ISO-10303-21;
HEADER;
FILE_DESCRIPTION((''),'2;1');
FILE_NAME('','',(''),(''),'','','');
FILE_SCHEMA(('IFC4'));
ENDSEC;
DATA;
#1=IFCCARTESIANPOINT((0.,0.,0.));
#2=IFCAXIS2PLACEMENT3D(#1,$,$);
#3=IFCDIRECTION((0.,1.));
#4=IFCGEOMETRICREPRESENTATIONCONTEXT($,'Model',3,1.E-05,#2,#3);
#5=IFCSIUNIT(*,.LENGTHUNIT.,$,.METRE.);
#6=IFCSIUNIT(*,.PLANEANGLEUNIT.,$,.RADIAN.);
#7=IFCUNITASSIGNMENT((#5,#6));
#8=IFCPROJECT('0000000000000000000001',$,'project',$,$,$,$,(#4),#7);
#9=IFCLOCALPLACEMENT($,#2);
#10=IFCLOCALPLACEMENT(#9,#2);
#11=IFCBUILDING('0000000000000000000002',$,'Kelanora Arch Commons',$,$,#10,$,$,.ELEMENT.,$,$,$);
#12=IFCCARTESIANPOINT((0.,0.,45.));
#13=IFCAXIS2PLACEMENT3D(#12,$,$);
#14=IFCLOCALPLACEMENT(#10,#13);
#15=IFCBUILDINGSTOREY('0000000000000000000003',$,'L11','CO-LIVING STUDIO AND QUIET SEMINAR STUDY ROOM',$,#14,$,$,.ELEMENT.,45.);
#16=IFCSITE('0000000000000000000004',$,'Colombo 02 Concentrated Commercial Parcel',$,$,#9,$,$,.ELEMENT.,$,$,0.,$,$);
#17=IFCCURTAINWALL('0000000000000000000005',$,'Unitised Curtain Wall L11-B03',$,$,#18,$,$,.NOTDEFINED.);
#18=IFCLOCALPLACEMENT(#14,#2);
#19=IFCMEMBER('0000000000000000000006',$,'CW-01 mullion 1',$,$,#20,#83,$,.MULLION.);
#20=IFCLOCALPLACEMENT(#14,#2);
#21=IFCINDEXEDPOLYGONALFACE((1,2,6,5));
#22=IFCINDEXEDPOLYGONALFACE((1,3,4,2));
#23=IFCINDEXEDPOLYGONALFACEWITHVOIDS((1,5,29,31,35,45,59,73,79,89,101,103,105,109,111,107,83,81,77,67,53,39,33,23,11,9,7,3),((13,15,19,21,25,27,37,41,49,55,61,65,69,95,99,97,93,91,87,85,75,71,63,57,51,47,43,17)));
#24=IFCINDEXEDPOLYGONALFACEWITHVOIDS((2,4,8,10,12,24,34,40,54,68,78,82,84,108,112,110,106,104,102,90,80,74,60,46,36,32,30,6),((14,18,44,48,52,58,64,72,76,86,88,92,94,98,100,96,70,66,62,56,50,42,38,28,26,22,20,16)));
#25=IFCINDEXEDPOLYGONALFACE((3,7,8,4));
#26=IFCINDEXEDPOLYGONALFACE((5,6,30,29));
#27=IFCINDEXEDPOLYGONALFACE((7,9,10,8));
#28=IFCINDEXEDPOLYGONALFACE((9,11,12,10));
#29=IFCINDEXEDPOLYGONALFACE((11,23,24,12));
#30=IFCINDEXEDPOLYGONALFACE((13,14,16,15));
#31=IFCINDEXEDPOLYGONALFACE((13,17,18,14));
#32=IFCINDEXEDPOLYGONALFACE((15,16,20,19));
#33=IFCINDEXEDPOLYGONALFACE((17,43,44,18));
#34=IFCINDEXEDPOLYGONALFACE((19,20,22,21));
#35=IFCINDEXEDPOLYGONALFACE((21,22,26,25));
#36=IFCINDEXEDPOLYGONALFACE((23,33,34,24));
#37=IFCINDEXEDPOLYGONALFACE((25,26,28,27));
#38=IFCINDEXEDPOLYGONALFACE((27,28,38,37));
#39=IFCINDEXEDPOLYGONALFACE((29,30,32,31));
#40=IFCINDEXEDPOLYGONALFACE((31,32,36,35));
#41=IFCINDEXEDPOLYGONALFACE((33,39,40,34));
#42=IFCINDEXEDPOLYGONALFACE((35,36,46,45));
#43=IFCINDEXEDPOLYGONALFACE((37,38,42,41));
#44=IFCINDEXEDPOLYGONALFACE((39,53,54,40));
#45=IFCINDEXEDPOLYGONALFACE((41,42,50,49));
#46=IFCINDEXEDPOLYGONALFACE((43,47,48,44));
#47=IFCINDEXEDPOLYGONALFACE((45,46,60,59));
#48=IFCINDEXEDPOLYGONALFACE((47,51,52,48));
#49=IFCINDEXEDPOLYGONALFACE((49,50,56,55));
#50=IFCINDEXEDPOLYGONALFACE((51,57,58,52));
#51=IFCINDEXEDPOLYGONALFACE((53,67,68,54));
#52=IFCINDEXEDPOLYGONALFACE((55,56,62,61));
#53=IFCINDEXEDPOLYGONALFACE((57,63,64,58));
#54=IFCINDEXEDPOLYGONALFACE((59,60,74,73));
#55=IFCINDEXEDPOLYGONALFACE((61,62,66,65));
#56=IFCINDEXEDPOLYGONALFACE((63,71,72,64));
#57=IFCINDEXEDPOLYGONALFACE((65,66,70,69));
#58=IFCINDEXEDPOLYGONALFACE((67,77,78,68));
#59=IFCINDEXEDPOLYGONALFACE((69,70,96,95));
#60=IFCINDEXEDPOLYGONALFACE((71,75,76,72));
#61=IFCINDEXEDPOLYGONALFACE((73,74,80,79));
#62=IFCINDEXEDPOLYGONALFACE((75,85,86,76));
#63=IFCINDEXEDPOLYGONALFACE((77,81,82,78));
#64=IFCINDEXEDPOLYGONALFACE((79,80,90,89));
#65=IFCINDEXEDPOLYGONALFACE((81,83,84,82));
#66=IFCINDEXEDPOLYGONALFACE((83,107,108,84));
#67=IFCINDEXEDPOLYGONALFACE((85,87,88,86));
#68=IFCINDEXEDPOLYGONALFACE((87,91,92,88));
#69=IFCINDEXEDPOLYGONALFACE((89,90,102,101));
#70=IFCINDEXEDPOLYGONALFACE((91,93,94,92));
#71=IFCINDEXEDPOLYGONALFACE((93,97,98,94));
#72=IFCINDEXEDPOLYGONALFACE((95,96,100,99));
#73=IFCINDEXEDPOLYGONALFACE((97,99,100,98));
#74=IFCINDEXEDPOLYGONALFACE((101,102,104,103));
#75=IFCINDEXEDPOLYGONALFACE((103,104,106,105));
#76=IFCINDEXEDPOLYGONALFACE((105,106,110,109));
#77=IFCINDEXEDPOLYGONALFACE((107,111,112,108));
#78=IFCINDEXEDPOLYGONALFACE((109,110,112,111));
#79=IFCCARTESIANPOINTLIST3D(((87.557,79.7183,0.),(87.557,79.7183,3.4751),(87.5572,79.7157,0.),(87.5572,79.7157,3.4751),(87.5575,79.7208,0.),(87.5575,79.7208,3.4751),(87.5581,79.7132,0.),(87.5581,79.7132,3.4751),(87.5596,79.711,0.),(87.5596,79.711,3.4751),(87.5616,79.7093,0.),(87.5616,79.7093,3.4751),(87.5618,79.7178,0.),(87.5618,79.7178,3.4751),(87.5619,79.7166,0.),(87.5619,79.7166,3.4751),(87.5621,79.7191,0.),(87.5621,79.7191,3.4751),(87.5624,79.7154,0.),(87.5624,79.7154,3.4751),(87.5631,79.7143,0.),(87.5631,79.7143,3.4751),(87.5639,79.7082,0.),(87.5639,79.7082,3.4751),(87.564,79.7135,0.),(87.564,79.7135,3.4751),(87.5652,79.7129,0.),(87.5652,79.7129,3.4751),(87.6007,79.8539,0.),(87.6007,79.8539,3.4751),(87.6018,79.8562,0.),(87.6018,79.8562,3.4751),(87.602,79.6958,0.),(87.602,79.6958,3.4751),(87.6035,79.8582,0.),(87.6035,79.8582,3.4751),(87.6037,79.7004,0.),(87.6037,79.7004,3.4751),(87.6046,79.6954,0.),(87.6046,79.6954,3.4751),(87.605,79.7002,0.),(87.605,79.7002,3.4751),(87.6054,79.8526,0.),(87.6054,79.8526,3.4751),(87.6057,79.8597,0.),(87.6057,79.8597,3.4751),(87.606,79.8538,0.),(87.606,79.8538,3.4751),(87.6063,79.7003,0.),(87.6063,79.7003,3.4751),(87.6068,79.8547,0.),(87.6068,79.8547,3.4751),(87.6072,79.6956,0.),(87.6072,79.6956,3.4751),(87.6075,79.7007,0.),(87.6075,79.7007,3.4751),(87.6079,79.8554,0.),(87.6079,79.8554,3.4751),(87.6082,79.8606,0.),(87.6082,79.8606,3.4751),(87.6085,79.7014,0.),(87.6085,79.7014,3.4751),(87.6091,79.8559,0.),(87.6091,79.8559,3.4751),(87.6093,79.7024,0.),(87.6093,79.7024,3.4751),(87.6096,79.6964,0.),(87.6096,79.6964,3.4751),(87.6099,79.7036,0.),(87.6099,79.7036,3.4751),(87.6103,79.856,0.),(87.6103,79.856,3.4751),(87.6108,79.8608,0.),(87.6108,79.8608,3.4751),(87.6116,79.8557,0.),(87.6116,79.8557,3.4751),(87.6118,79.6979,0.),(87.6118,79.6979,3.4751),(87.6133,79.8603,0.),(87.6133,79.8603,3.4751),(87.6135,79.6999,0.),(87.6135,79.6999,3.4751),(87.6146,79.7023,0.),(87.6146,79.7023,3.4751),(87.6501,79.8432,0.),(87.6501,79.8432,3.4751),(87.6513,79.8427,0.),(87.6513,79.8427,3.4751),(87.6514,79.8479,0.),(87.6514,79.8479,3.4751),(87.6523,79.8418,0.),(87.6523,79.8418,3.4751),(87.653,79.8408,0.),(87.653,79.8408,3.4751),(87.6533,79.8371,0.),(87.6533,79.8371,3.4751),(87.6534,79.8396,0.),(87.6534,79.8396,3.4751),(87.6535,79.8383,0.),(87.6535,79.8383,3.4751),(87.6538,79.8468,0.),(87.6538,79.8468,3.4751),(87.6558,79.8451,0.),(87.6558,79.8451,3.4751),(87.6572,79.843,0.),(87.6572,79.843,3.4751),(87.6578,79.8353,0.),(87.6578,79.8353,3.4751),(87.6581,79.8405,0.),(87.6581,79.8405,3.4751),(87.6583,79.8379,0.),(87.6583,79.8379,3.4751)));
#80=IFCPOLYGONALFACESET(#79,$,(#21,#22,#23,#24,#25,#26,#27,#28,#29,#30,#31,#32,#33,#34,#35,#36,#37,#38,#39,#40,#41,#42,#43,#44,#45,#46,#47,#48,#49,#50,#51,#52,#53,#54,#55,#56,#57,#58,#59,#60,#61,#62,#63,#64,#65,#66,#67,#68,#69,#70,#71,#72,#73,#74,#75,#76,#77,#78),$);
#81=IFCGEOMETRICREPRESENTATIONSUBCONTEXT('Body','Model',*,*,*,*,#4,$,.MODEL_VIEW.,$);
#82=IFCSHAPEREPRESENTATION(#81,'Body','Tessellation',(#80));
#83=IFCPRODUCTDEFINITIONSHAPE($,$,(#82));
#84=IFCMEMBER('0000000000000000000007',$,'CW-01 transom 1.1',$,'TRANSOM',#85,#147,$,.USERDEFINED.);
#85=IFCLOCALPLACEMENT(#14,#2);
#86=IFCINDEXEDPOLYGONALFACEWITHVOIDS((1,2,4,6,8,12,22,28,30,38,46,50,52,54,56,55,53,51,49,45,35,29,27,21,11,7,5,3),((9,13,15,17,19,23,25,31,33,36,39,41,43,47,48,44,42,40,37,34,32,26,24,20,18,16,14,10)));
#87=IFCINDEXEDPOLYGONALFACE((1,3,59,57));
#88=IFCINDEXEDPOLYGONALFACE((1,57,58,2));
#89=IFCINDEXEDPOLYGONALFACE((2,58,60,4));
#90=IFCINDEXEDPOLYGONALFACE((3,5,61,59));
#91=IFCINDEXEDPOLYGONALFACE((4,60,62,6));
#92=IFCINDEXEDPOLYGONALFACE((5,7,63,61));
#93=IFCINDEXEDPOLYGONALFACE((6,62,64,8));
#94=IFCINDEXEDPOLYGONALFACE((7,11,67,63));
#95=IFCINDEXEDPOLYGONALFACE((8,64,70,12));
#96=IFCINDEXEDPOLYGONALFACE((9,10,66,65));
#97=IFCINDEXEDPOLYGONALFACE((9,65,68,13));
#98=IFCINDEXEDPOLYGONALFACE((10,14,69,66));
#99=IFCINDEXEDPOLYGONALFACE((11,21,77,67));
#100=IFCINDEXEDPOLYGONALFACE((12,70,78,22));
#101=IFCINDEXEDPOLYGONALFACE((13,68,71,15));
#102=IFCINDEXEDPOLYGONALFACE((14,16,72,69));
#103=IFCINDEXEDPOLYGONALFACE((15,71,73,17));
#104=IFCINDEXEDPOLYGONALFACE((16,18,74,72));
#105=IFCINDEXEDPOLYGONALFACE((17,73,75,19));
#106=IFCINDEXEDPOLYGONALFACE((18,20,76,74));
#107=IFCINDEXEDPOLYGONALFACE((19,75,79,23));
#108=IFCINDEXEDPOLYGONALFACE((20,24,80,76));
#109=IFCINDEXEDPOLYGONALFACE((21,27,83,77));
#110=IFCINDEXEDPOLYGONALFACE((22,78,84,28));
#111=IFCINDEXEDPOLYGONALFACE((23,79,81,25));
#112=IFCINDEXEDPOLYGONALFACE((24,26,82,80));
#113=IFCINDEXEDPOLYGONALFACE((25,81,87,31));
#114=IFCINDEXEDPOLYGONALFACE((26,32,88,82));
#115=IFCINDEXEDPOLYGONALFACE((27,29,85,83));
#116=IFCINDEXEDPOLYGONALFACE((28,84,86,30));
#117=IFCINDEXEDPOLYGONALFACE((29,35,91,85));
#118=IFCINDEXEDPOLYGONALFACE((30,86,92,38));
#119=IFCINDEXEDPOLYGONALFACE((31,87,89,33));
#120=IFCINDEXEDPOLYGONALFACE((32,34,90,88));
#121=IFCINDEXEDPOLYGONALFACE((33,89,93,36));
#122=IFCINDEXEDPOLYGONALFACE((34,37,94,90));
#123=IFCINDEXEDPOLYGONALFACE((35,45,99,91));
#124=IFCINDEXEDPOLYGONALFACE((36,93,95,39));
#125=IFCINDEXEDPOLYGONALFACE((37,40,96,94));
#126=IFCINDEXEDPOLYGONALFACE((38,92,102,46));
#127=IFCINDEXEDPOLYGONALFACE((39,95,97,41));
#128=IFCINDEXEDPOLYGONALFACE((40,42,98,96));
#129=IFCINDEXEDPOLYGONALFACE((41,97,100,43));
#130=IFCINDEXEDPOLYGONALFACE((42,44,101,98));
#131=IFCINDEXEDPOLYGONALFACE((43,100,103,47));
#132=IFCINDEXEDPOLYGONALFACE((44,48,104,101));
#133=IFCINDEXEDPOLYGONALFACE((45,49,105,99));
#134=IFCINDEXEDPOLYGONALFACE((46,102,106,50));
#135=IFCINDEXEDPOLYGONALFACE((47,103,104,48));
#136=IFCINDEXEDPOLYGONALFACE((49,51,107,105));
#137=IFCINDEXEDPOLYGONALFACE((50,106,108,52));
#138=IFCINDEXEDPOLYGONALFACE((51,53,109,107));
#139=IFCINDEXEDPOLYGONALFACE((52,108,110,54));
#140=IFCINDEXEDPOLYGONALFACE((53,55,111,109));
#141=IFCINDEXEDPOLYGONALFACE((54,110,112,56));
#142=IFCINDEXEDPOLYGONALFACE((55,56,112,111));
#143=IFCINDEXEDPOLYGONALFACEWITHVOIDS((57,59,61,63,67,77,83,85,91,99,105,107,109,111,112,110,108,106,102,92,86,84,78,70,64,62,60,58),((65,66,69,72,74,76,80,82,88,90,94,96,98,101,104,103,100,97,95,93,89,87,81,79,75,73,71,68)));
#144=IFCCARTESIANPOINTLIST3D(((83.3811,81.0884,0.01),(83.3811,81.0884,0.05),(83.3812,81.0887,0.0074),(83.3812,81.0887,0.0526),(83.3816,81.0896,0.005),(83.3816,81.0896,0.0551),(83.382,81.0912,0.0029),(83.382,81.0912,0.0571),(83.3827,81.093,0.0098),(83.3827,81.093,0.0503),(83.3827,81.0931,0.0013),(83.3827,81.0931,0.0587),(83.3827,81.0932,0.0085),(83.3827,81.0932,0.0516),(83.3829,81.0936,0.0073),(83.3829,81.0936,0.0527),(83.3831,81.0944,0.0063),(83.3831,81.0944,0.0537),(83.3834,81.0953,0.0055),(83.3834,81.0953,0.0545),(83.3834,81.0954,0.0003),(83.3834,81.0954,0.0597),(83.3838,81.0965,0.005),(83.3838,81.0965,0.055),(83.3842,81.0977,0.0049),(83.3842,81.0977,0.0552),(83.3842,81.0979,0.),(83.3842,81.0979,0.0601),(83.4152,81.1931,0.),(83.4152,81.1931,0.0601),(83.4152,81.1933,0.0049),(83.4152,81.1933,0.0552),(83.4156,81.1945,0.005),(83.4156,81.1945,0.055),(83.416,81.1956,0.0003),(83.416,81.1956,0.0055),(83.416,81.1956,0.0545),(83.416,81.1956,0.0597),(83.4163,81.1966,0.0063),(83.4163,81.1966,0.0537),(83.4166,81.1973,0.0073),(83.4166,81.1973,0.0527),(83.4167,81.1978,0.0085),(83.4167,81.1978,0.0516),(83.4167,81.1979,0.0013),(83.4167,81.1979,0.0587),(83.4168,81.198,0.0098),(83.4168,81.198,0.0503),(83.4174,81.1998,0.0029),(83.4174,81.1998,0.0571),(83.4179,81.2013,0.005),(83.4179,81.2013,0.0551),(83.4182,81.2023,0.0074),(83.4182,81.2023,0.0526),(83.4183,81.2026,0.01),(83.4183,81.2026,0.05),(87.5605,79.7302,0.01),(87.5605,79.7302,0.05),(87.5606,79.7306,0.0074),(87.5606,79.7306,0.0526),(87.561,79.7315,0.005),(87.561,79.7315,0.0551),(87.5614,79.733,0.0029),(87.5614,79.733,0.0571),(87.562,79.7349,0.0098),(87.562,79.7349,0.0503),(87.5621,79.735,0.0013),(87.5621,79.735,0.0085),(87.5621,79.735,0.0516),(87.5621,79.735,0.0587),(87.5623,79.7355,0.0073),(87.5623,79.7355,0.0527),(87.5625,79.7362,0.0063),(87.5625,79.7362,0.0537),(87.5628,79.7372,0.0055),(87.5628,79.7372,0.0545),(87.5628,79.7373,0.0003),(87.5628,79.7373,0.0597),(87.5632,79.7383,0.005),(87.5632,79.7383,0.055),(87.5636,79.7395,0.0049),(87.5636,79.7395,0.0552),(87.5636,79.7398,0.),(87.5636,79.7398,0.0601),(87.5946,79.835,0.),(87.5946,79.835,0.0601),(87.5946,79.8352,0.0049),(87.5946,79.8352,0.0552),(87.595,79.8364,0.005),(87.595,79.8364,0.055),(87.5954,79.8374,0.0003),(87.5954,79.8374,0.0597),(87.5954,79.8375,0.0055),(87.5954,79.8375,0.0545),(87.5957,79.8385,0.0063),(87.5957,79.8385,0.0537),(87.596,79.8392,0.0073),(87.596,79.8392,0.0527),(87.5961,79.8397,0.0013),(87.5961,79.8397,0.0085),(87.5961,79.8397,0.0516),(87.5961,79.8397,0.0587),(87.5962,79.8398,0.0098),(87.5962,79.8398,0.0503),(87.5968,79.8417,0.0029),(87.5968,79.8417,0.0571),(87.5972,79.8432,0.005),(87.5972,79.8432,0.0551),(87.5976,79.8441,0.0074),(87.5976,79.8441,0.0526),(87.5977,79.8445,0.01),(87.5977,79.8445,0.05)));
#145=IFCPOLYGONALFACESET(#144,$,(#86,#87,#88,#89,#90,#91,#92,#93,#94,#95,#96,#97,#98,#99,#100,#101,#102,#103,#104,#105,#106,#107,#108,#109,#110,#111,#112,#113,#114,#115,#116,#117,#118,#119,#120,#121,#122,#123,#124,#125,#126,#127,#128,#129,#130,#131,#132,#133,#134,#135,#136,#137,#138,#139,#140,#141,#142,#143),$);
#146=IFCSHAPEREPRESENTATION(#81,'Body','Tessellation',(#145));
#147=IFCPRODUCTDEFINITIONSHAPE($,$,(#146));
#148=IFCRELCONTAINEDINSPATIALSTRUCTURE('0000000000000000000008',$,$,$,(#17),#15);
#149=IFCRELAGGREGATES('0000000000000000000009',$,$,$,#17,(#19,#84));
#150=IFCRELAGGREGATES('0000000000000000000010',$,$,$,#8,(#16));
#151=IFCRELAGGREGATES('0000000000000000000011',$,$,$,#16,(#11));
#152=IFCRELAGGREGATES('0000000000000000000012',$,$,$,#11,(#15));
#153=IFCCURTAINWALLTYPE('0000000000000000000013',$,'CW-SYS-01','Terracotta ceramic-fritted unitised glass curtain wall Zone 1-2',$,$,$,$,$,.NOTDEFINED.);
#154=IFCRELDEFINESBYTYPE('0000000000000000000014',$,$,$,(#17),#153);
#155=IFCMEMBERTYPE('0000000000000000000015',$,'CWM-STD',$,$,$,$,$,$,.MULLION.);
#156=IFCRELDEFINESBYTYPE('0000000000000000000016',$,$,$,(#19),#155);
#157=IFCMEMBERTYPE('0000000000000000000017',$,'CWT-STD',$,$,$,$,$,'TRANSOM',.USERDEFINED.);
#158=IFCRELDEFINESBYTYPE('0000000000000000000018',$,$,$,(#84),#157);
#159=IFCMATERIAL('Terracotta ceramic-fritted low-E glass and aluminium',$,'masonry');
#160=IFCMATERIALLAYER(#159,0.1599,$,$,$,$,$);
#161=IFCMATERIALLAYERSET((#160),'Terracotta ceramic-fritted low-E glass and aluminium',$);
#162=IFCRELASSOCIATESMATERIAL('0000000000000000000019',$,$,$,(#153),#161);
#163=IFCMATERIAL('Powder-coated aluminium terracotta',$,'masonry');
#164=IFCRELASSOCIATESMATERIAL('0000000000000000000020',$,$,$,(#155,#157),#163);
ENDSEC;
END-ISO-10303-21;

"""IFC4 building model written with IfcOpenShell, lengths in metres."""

from ifc_helpers import new_model, si_unit, direction, frame, origin, origin_2d, place, context, subcontext, project, spatial, hollow_rectangle, extrude, material, layer, layer_set, material_profile, profile_set, type_object, element, aggregate, save


model = new_model("IFC4")

# Units and contexts
model_context = context("Model", 3, precision=1e-05, world=origin(), true_north=direction((0.0, 1.0)))
body_context = subcontext(model_context, "Body", "Model", "MODEL_VIEW")
ifc_project = project(units=[si_unit("LENGTHUNIT", "METRE"), si_unit("PLANEANGLEUNIT", "RADIAN")], contexts=[model_context])

# Site, building, storey
site_placement = place(None, origin())
site = spatial("IfcSite", under=ifc_project, at=site_placement, Name="Colombo 02 Concentrated Commercial Parcel", CompositionType="ELEMENT", RefElevation=0.0)
building_placement = place(site_placement, origin())
building = spatial("IfcBuilding", under=site, at=building_placement, Name="Kelanora Arch Commons", CompositionType="ELEMENT")
storey_placement = place(building_placement, frame((0.0, 0.0, 45.0)))
storey = spatial("IfcBuildingStorey", under=building, at=storey_placement, Name="L11", Description="CO-LIVING STUDIO AND QUIET SEMINAR STUDY ROOM", CompositionType="ELEMENT", Elevation=45.0)

# Shared definitions
ifc_material_1 = material(Name="Terracotta ceramic-fritted low-E glass and aluminium", Category="masonry")
ifc_layer_1 = layer(ifc_material_1, 0.1599)
ifc_layer_set_1 = layer_set([ifc_layer_1], Name="Terracotta ceramic-fritted low-E glass and aluminium")
curtain_wall_type = type_object("IfcCurtainWallType", Name="CW-SYS-01", Description="Terracotta ceramic-fritted unitised glass curtain wall Zone 1-2", PredefinedType="NOTDEFINED", material=ifc_layer_set_1)
ifc_material_2 = material(Name="Powder-coated aluminium terracotta", Category="masonry")
ifc_material_profile_1 = material_profile(ifc_material_2, hollow_rectangle(XDim=0.1599, YDim=0.0601, WallThickness=0.0049, InnerFilletRadius=0.0049, OuterFilletRadius=0.01, at=origin_2d()), Name="CWM160x60")
ifc_profile_set_1 = profile_set([ifc_material_profile_1], Name="Powder-coated aluminium terracotta")
member_type_1 = type_object("IfcMemberType", Name="CWM-STD", PredefinedType="MULLION", material=ifc_profile_set_1)

# Curtain wall, members
curtain_wall_1_placement = place(storey_placement, origin())
curtain_wall_1 = element("IfcCurtainWall", 1, at=curtain_wall_1_placement, inside=storey, type_object=curtain_wall_type, Name="Unitised Curtain Wall L11-B03", PredefinedType="NOTDEFINED")
member_1_placement = place(storey_placement, frame((87.6077, 79.7781, 0.0), z_axis=(0.0, 0.0, 1.0), x_axis=(-0.309058, -0.951043, 0.0)))
member_1 = element("IfcMember", 2, at=member_1_placement, type_object=member_type_1, Name="CW-01 mullion 1", PredefinedType="MULLION", context=body_context, shape_type="SweptSolid", body=[
    extrude(hollow_rectangle(XDim=0.1599, YDim=0.0601, WallThickness=0.0049, InnerFilletRadius=0.0049, OuterFilletRadius=0.01, at=origin_2d()), origin(), (0.0, 0.0, 1.0), 3.4751),
])
ifc_material_profile_2 = material_profile(ifc_material_2, hollow_rectangle(XDim=0.1201, YDim=0.0601, WallThickness=0.0049, InnerFilletRadius=0.0049, OuterFilletRadius=0.01, at=origin_2d()), Name="CWT120x60")
ifc_profile_set_2 = profile_set([ifc_material_profile_2], Name="Powder-coated aluminium terracotta")
member_type_2 = type_object("IfcMemberType", Name="CWT-STD", ElementType="TRANSOM", PredefinedType="USERDEFINED", material=ifc_profile_set_2)
member_2_placement = place(storey_placement, frame((87.5791, 79.7874, 0.03), z_axis=(-0.951045, 0.309052, 0.0), x_axis=(-0.309052, -0.951045, 0.0)))
member_2 = element("IfcMember", 3, at=member_2_placement, type_object=member_type_2, Name="CW-01 transom 1.1", ObjectType="TRANSOM", PredefinedType="USERDEFINED", context=body_context, shape_type="SweptSolid", body=[
    extrude(hollow_rectangle(XDim=0.1201, YDim=0.0601, WallThickness=0.0049, InnerFilletRadius=0.0049, OuterFilletRadius=0.01, at=origin_2d()), origin(), (0.0, 0.0, 1.0), 4.3945),
])
aggregate(curtain_wall_1, [member_1, member_2])

save(model, "model.ifc")
